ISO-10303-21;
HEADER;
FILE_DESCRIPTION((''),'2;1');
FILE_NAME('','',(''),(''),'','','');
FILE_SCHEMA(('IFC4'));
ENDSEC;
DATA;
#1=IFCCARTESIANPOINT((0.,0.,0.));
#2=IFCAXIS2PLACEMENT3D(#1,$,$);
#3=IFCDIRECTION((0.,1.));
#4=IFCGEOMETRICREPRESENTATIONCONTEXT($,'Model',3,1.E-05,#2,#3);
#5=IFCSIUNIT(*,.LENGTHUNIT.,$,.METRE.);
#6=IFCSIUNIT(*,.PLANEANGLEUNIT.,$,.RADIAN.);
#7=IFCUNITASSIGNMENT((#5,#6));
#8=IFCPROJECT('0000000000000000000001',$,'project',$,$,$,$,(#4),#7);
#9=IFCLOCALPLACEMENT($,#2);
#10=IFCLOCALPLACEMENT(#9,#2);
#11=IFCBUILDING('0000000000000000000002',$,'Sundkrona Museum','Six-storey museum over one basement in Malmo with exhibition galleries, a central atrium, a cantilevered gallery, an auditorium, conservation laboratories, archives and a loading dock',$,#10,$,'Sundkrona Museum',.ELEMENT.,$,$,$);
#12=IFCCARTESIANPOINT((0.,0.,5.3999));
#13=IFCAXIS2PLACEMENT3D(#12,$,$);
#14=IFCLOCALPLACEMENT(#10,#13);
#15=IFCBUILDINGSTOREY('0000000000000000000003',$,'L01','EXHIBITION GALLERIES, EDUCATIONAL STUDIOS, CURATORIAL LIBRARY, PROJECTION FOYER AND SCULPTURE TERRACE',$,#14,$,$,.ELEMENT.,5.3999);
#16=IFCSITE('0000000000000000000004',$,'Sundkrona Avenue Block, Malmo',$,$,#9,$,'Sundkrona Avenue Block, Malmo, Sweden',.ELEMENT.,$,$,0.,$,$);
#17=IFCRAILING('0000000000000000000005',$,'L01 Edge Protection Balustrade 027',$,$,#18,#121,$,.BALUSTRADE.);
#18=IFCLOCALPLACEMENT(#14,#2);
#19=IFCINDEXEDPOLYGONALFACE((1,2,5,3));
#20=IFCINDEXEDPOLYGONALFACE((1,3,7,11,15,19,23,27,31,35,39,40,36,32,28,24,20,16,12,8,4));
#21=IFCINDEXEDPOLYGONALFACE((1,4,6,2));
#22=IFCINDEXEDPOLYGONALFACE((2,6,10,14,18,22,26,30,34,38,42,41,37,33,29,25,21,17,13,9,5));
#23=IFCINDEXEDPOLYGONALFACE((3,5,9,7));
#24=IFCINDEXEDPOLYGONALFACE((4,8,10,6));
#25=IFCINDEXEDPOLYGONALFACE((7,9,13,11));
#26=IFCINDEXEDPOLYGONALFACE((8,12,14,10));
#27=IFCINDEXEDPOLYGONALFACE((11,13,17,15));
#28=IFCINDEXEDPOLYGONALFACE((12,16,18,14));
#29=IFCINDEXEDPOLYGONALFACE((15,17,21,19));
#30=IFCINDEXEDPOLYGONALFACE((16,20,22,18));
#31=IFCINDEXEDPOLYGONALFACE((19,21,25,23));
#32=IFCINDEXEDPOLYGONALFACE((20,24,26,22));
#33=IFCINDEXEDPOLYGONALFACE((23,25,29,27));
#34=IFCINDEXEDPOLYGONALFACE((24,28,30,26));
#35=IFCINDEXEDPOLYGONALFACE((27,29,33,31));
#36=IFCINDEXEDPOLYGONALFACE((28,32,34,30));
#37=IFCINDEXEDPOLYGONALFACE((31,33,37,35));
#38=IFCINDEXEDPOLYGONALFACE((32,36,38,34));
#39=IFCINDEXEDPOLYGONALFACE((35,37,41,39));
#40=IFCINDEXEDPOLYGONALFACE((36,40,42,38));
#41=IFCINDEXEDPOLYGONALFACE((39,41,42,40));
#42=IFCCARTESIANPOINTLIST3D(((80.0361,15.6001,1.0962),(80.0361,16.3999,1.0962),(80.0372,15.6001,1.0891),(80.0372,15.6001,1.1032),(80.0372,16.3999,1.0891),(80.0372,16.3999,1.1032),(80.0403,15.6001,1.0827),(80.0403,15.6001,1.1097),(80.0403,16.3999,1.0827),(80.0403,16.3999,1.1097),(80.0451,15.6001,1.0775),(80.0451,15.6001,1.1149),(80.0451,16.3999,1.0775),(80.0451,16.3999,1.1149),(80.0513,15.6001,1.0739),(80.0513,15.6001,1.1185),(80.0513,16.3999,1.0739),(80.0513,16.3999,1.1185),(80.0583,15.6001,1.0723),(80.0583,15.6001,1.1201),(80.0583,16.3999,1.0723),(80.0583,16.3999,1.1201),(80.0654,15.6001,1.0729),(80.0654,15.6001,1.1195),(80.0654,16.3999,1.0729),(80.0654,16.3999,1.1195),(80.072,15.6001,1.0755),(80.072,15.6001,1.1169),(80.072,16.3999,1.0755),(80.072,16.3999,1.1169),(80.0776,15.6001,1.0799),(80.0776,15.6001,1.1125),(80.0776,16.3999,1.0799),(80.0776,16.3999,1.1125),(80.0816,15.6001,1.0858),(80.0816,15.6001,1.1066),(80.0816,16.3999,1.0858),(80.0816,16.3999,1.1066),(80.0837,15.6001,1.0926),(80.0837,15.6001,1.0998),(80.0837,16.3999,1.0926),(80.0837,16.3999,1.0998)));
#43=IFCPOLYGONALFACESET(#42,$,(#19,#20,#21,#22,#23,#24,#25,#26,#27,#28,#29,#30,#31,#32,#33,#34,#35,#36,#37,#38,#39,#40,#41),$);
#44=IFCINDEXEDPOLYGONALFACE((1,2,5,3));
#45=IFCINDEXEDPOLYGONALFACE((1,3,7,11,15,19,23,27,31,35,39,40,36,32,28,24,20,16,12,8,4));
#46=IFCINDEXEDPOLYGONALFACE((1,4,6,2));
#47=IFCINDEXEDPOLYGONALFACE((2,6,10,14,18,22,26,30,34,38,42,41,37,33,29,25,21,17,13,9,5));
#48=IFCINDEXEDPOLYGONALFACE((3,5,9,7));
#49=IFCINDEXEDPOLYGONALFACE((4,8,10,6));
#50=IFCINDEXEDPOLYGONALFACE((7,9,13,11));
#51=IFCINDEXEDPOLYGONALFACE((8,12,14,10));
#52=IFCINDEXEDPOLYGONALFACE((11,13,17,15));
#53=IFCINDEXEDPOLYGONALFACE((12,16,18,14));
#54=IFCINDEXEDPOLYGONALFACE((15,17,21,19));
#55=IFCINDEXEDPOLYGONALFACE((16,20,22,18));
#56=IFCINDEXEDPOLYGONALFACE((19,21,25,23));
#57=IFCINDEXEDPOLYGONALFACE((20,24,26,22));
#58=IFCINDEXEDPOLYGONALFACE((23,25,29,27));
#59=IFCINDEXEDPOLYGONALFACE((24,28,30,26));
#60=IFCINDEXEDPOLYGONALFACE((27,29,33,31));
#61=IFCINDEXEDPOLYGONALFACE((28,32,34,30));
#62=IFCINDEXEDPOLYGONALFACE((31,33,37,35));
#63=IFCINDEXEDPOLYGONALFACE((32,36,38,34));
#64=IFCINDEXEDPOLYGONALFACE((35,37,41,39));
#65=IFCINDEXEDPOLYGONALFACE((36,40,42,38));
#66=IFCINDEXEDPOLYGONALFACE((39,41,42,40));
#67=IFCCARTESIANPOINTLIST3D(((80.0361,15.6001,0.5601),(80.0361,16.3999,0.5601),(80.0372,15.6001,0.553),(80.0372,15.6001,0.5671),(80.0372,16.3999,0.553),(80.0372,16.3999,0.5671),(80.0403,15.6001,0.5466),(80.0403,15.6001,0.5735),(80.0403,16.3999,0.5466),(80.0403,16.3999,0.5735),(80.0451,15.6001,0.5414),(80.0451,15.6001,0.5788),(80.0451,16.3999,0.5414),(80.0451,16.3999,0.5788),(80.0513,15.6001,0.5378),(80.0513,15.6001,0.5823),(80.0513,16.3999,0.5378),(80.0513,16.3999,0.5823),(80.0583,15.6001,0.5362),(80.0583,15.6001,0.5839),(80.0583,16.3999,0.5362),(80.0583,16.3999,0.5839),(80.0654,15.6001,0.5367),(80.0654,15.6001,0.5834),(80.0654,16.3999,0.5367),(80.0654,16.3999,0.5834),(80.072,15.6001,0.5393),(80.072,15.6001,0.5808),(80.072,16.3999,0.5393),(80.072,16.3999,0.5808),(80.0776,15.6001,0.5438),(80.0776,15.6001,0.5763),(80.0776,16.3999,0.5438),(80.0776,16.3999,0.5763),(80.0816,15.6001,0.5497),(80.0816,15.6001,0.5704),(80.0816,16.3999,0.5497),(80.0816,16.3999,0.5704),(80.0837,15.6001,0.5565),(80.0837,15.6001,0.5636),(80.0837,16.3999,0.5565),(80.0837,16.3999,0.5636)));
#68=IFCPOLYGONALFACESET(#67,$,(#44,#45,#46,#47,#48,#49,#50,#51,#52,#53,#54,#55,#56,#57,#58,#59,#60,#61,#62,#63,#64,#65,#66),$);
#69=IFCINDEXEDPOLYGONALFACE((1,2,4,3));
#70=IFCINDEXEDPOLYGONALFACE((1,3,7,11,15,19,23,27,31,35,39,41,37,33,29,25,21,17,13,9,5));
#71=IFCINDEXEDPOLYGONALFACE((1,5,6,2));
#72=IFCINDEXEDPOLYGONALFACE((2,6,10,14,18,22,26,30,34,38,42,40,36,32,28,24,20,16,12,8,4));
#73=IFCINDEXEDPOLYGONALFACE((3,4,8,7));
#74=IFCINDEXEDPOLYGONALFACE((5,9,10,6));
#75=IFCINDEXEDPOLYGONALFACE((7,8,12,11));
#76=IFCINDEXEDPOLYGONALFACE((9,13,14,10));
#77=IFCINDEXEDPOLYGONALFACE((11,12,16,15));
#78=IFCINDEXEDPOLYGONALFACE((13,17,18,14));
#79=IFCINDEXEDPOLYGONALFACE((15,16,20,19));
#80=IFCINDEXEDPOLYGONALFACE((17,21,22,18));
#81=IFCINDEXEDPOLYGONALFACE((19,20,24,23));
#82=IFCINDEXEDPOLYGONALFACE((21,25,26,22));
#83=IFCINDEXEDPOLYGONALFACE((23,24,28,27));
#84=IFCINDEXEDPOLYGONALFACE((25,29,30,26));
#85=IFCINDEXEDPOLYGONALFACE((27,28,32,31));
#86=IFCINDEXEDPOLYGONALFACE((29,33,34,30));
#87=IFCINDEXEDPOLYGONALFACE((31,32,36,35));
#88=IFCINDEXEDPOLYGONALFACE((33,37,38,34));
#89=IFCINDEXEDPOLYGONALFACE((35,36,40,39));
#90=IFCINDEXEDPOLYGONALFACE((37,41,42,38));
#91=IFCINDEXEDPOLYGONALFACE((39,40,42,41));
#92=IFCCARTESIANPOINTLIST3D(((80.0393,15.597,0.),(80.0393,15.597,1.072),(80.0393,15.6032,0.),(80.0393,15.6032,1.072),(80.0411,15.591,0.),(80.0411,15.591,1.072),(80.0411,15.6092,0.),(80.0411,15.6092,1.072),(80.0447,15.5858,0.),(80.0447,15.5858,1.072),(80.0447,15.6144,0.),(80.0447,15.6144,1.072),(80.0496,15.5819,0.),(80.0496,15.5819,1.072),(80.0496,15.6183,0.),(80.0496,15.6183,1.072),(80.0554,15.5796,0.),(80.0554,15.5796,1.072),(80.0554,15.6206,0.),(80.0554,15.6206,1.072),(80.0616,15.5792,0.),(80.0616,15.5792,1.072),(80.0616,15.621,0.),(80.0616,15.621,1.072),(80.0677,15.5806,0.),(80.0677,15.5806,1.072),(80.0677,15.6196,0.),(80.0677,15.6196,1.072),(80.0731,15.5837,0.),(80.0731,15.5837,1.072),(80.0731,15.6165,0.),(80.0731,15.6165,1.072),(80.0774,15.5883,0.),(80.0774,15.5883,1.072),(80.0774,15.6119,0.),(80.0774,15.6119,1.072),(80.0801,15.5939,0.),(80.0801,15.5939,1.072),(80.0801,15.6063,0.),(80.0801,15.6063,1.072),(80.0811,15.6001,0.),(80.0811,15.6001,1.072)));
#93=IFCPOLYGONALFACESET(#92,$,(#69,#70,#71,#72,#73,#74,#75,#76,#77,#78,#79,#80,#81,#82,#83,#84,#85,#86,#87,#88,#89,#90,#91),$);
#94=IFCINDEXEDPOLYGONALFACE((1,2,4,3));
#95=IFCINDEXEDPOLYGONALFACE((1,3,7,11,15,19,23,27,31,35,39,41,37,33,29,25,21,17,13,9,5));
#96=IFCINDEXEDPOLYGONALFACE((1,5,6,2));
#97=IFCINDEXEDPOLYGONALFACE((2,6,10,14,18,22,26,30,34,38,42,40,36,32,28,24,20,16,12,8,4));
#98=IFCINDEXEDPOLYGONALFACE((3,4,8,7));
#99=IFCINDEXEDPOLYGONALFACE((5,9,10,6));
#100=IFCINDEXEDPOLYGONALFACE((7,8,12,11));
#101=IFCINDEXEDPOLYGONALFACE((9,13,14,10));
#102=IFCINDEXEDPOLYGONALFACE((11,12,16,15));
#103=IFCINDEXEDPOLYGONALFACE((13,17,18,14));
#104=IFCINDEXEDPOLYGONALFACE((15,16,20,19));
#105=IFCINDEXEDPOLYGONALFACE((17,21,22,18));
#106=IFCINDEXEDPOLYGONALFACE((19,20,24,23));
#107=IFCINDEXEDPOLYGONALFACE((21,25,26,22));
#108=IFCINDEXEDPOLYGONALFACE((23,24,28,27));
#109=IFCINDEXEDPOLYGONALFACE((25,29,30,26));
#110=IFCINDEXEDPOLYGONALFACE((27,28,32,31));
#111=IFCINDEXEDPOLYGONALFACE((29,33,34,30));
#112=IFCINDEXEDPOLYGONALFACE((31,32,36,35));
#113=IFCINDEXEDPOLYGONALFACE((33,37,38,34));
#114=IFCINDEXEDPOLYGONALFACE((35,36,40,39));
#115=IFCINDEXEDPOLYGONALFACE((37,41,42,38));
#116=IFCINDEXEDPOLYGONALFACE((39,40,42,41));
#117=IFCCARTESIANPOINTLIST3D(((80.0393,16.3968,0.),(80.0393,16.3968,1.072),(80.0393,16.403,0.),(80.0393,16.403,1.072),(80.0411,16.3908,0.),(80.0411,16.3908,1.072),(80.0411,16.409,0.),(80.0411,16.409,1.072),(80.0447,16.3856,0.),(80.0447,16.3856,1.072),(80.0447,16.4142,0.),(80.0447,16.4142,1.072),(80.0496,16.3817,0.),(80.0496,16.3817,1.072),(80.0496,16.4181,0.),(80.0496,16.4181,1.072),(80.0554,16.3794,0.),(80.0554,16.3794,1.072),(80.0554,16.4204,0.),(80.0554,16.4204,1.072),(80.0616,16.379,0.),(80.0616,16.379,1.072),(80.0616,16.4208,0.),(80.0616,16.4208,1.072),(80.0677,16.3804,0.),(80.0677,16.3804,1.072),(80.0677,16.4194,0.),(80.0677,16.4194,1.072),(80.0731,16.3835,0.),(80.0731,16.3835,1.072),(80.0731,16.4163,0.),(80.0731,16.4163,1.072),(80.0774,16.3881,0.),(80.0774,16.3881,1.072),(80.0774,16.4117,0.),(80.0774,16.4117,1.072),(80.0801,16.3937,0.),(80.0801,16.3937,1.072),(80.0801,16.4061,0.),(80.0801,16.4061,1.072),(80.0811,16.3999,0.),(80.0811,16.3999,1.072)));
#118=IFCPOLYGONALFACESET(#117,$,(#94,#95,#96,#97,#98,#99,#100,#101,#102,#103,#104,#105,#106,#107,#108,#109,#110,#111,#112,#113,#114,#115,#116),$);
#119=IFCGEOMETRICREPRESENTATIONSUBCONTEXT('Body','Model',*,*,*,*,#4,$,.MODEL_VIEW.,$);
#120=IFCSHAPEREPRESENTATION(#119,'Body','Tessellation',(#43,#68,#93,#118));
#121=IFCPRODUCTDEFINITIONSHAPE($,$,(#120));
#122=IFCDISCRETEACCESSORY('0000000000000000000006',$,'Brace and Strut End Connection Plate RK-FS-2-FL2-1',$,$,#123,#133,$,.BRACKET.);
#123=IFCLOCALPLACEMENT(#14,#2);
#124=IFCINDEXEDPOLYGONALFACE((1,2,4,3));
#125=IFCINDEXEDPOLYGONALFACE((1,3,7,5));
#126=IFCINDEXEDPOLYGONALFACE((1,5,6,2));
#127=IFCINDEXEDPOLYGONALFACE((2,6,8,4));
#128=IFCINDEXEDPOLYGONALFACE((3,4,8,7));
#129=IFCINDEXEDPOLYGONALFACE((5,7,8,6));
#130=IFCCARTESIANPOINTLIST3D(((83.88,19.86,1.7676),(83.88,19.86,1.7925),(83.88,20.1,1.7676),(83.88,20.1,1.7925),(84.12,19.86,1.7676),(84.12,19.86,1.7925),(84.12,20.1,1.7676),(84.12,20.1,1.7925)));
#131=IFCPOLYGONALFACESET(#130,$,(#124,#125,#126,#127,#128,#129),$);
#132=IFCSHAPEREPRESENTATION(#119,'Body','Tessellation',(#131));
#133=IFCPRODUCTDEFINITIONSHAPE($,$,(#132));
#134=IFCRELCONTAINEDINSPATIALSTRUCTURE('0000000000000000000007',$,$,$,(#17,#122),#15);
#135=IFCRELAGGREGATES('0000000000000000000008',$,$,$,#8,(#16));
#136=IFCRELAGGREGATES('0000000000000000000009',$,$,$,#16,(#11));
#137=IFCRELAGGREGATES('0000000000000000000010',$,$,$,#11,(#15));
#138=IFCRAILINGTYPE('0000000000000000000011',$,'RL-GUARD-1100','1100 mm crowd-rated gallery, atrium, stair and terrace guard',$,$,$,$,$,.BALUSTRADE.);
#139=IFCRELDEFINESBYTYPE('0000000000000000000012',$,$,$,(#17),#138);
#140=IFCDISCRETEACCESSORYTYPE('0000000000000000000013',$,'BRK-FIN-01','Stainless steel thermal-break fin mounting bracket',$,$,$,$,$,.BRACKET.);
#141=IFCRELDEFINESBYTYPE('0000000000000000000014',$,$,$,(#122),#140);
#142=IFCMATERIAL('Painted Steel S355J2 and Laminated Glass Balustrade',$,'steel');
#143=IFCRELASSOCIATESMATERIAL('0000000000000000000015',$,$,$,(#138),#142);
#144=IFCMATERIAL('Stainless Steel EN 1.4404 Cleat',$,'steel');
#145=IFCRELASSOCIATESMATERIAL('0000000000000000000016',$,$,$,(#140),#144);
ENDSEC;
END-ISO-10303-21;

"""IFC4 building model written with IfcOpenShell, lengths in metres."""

from ifc_helpers import new_model, si_unit, direction, frame, origin, origin_2d, place, context, subcontext, project, spatial, rectangle, circle, extrude, material, type_object, element, save


model = new_model("IFC4")

# Units and contexts
model_context = context("Model", 3, precision=1e-05, world=origin(), true_north=direction((0.0, 1.0)))
body_context = subcontext(model_context, "Body", "Model", "MODEL_VIEW")
ifc_project = project(units=[si_unit("LENGTHUNIT", "METRE"), si_unit("PLANEANGLEUNIT", "RADIAN")], contexts=[model_context])

# Site, building, storey
site_placement = place(None, origin())
site = spatial("IfcSite", under=ifc_project, at=site_placement, Name="Sundkrona Avenue Block, Malmo", LongName="Sundkrona Avenue Block, Malmo, Sweden", CompositionType="ELEMENT", RefElevation=0.0)
building_placement = place(site_placement, origin())
building = spatial("IfcBuilding", under=site, at=building_placement, Name="Sundkrona Museum", Description="Six-storey museum over one basement in Malmo with exhibition galleries, a central atrium, a cantilevered gallery, an auditorium, conservation laboratories, archives and a loading dock", LongName="Sundkrona Museum", CompositionType="ELEMENT")
storey_placement = place(building_placement, frame((0.0, 0.0, 5.3999)))
storey = spatial("IfcBuildingStorey", under=building, at=storey_placement, Name="L01", Description="EXHIBITION GALLERIES, EDUCATIONAL STUDIOS, CURATORIAL LIBRARY, PROJECTION FOYER AND SCULPTURE TERRACE", CompositionType="ELEMENT", Elevation=5.3999)

# Railing
ifc_material_1 = material(Name="Painted Steel S355J2 and Laminated Glass Balustrade", Category="steel")
railing_type_1 = type_object("IfcRailingType", Name="RL-GUARD-1100", Description="1100 mm crowd-rated gallery, atrium, stair and terrace guard", PredefinedType="BALUSTRADE", material=ifc_material_1)
railing_1_placement = place(storey_placement, frame((80.0601, 15.6001, 0.0)))
element("IfcRailing", 1, at=railing_1_placement, inside=storey, type_object=railing_type_1, Name="L01 Edge Protection Balustrade 027", PredefinedType="BALUSTRADE", context=body_context, shape_type="SweptSolid", body=[
    extrude(circle(Radius=0.0239, at=origin_2d()), frame((0.0, 0.0, 1.0962), z_axis=(0.0, 1.0, 0.0), x_axis=(-1.0, 0.0, 0.0)), (0.0, 0.0, 1.0), 0.7998),
    extrude(circle(Radius=0.0239, at=origin_2d()), frame((0.0, 0.0, 0.5601), z_axis=(0.0, 1.0, 0.0), x_axis=(-1.0, 0.0, 0.0)), (0.0, 0.0, 1.0), 0.7998),
    extrude(circle(Radius=0.021, at=origin_2d()), origin(), (0.0, 0.0, 1.0), 1.072),
    extrude(circle(Radius=0.021, at=origin_2d()), frame((0.0, 0.7998, 0.0)), (0.0, 0.0, 1.0), 1.072),
])

# Discrete accessory
ifc_material_2 = material(Name="Stainless Steel EN 1.4404 Cleat", Category="steel")
discrete_accessory_type = type_object("IfcDiscreteAccessoryType", Name="BRK-FIN-01", Description="Stainless steel thermal-break fin mounting bracket", PredefinedType="BRACKET", material=ifc_material_2)
discrete_accessory_placement = place(storey_placement, frame((84.0, 19.98, 1.7676), z_axis=(0.0, 0.0, 1.0), x_axis=(1.0, 0.0, 0.0)))
element("IfcDiscreteAccessory", 2, at=discrete_accessory_placement, inside=storey, type_object=discrete_accessory_type, Name="Brace and Strut End Connection Plate RK-FS-2-FL2-1", PredefinedType="BRACKET", context=body_context, shape_type="SweptSolid", body=[
    extrude(rectangle(XDim=0.24, YDim=0.24, at=origin_2d()), origin(), (0.0, 0.0, 1.0), 0.0249),
])

save(model, "model.ifc")
